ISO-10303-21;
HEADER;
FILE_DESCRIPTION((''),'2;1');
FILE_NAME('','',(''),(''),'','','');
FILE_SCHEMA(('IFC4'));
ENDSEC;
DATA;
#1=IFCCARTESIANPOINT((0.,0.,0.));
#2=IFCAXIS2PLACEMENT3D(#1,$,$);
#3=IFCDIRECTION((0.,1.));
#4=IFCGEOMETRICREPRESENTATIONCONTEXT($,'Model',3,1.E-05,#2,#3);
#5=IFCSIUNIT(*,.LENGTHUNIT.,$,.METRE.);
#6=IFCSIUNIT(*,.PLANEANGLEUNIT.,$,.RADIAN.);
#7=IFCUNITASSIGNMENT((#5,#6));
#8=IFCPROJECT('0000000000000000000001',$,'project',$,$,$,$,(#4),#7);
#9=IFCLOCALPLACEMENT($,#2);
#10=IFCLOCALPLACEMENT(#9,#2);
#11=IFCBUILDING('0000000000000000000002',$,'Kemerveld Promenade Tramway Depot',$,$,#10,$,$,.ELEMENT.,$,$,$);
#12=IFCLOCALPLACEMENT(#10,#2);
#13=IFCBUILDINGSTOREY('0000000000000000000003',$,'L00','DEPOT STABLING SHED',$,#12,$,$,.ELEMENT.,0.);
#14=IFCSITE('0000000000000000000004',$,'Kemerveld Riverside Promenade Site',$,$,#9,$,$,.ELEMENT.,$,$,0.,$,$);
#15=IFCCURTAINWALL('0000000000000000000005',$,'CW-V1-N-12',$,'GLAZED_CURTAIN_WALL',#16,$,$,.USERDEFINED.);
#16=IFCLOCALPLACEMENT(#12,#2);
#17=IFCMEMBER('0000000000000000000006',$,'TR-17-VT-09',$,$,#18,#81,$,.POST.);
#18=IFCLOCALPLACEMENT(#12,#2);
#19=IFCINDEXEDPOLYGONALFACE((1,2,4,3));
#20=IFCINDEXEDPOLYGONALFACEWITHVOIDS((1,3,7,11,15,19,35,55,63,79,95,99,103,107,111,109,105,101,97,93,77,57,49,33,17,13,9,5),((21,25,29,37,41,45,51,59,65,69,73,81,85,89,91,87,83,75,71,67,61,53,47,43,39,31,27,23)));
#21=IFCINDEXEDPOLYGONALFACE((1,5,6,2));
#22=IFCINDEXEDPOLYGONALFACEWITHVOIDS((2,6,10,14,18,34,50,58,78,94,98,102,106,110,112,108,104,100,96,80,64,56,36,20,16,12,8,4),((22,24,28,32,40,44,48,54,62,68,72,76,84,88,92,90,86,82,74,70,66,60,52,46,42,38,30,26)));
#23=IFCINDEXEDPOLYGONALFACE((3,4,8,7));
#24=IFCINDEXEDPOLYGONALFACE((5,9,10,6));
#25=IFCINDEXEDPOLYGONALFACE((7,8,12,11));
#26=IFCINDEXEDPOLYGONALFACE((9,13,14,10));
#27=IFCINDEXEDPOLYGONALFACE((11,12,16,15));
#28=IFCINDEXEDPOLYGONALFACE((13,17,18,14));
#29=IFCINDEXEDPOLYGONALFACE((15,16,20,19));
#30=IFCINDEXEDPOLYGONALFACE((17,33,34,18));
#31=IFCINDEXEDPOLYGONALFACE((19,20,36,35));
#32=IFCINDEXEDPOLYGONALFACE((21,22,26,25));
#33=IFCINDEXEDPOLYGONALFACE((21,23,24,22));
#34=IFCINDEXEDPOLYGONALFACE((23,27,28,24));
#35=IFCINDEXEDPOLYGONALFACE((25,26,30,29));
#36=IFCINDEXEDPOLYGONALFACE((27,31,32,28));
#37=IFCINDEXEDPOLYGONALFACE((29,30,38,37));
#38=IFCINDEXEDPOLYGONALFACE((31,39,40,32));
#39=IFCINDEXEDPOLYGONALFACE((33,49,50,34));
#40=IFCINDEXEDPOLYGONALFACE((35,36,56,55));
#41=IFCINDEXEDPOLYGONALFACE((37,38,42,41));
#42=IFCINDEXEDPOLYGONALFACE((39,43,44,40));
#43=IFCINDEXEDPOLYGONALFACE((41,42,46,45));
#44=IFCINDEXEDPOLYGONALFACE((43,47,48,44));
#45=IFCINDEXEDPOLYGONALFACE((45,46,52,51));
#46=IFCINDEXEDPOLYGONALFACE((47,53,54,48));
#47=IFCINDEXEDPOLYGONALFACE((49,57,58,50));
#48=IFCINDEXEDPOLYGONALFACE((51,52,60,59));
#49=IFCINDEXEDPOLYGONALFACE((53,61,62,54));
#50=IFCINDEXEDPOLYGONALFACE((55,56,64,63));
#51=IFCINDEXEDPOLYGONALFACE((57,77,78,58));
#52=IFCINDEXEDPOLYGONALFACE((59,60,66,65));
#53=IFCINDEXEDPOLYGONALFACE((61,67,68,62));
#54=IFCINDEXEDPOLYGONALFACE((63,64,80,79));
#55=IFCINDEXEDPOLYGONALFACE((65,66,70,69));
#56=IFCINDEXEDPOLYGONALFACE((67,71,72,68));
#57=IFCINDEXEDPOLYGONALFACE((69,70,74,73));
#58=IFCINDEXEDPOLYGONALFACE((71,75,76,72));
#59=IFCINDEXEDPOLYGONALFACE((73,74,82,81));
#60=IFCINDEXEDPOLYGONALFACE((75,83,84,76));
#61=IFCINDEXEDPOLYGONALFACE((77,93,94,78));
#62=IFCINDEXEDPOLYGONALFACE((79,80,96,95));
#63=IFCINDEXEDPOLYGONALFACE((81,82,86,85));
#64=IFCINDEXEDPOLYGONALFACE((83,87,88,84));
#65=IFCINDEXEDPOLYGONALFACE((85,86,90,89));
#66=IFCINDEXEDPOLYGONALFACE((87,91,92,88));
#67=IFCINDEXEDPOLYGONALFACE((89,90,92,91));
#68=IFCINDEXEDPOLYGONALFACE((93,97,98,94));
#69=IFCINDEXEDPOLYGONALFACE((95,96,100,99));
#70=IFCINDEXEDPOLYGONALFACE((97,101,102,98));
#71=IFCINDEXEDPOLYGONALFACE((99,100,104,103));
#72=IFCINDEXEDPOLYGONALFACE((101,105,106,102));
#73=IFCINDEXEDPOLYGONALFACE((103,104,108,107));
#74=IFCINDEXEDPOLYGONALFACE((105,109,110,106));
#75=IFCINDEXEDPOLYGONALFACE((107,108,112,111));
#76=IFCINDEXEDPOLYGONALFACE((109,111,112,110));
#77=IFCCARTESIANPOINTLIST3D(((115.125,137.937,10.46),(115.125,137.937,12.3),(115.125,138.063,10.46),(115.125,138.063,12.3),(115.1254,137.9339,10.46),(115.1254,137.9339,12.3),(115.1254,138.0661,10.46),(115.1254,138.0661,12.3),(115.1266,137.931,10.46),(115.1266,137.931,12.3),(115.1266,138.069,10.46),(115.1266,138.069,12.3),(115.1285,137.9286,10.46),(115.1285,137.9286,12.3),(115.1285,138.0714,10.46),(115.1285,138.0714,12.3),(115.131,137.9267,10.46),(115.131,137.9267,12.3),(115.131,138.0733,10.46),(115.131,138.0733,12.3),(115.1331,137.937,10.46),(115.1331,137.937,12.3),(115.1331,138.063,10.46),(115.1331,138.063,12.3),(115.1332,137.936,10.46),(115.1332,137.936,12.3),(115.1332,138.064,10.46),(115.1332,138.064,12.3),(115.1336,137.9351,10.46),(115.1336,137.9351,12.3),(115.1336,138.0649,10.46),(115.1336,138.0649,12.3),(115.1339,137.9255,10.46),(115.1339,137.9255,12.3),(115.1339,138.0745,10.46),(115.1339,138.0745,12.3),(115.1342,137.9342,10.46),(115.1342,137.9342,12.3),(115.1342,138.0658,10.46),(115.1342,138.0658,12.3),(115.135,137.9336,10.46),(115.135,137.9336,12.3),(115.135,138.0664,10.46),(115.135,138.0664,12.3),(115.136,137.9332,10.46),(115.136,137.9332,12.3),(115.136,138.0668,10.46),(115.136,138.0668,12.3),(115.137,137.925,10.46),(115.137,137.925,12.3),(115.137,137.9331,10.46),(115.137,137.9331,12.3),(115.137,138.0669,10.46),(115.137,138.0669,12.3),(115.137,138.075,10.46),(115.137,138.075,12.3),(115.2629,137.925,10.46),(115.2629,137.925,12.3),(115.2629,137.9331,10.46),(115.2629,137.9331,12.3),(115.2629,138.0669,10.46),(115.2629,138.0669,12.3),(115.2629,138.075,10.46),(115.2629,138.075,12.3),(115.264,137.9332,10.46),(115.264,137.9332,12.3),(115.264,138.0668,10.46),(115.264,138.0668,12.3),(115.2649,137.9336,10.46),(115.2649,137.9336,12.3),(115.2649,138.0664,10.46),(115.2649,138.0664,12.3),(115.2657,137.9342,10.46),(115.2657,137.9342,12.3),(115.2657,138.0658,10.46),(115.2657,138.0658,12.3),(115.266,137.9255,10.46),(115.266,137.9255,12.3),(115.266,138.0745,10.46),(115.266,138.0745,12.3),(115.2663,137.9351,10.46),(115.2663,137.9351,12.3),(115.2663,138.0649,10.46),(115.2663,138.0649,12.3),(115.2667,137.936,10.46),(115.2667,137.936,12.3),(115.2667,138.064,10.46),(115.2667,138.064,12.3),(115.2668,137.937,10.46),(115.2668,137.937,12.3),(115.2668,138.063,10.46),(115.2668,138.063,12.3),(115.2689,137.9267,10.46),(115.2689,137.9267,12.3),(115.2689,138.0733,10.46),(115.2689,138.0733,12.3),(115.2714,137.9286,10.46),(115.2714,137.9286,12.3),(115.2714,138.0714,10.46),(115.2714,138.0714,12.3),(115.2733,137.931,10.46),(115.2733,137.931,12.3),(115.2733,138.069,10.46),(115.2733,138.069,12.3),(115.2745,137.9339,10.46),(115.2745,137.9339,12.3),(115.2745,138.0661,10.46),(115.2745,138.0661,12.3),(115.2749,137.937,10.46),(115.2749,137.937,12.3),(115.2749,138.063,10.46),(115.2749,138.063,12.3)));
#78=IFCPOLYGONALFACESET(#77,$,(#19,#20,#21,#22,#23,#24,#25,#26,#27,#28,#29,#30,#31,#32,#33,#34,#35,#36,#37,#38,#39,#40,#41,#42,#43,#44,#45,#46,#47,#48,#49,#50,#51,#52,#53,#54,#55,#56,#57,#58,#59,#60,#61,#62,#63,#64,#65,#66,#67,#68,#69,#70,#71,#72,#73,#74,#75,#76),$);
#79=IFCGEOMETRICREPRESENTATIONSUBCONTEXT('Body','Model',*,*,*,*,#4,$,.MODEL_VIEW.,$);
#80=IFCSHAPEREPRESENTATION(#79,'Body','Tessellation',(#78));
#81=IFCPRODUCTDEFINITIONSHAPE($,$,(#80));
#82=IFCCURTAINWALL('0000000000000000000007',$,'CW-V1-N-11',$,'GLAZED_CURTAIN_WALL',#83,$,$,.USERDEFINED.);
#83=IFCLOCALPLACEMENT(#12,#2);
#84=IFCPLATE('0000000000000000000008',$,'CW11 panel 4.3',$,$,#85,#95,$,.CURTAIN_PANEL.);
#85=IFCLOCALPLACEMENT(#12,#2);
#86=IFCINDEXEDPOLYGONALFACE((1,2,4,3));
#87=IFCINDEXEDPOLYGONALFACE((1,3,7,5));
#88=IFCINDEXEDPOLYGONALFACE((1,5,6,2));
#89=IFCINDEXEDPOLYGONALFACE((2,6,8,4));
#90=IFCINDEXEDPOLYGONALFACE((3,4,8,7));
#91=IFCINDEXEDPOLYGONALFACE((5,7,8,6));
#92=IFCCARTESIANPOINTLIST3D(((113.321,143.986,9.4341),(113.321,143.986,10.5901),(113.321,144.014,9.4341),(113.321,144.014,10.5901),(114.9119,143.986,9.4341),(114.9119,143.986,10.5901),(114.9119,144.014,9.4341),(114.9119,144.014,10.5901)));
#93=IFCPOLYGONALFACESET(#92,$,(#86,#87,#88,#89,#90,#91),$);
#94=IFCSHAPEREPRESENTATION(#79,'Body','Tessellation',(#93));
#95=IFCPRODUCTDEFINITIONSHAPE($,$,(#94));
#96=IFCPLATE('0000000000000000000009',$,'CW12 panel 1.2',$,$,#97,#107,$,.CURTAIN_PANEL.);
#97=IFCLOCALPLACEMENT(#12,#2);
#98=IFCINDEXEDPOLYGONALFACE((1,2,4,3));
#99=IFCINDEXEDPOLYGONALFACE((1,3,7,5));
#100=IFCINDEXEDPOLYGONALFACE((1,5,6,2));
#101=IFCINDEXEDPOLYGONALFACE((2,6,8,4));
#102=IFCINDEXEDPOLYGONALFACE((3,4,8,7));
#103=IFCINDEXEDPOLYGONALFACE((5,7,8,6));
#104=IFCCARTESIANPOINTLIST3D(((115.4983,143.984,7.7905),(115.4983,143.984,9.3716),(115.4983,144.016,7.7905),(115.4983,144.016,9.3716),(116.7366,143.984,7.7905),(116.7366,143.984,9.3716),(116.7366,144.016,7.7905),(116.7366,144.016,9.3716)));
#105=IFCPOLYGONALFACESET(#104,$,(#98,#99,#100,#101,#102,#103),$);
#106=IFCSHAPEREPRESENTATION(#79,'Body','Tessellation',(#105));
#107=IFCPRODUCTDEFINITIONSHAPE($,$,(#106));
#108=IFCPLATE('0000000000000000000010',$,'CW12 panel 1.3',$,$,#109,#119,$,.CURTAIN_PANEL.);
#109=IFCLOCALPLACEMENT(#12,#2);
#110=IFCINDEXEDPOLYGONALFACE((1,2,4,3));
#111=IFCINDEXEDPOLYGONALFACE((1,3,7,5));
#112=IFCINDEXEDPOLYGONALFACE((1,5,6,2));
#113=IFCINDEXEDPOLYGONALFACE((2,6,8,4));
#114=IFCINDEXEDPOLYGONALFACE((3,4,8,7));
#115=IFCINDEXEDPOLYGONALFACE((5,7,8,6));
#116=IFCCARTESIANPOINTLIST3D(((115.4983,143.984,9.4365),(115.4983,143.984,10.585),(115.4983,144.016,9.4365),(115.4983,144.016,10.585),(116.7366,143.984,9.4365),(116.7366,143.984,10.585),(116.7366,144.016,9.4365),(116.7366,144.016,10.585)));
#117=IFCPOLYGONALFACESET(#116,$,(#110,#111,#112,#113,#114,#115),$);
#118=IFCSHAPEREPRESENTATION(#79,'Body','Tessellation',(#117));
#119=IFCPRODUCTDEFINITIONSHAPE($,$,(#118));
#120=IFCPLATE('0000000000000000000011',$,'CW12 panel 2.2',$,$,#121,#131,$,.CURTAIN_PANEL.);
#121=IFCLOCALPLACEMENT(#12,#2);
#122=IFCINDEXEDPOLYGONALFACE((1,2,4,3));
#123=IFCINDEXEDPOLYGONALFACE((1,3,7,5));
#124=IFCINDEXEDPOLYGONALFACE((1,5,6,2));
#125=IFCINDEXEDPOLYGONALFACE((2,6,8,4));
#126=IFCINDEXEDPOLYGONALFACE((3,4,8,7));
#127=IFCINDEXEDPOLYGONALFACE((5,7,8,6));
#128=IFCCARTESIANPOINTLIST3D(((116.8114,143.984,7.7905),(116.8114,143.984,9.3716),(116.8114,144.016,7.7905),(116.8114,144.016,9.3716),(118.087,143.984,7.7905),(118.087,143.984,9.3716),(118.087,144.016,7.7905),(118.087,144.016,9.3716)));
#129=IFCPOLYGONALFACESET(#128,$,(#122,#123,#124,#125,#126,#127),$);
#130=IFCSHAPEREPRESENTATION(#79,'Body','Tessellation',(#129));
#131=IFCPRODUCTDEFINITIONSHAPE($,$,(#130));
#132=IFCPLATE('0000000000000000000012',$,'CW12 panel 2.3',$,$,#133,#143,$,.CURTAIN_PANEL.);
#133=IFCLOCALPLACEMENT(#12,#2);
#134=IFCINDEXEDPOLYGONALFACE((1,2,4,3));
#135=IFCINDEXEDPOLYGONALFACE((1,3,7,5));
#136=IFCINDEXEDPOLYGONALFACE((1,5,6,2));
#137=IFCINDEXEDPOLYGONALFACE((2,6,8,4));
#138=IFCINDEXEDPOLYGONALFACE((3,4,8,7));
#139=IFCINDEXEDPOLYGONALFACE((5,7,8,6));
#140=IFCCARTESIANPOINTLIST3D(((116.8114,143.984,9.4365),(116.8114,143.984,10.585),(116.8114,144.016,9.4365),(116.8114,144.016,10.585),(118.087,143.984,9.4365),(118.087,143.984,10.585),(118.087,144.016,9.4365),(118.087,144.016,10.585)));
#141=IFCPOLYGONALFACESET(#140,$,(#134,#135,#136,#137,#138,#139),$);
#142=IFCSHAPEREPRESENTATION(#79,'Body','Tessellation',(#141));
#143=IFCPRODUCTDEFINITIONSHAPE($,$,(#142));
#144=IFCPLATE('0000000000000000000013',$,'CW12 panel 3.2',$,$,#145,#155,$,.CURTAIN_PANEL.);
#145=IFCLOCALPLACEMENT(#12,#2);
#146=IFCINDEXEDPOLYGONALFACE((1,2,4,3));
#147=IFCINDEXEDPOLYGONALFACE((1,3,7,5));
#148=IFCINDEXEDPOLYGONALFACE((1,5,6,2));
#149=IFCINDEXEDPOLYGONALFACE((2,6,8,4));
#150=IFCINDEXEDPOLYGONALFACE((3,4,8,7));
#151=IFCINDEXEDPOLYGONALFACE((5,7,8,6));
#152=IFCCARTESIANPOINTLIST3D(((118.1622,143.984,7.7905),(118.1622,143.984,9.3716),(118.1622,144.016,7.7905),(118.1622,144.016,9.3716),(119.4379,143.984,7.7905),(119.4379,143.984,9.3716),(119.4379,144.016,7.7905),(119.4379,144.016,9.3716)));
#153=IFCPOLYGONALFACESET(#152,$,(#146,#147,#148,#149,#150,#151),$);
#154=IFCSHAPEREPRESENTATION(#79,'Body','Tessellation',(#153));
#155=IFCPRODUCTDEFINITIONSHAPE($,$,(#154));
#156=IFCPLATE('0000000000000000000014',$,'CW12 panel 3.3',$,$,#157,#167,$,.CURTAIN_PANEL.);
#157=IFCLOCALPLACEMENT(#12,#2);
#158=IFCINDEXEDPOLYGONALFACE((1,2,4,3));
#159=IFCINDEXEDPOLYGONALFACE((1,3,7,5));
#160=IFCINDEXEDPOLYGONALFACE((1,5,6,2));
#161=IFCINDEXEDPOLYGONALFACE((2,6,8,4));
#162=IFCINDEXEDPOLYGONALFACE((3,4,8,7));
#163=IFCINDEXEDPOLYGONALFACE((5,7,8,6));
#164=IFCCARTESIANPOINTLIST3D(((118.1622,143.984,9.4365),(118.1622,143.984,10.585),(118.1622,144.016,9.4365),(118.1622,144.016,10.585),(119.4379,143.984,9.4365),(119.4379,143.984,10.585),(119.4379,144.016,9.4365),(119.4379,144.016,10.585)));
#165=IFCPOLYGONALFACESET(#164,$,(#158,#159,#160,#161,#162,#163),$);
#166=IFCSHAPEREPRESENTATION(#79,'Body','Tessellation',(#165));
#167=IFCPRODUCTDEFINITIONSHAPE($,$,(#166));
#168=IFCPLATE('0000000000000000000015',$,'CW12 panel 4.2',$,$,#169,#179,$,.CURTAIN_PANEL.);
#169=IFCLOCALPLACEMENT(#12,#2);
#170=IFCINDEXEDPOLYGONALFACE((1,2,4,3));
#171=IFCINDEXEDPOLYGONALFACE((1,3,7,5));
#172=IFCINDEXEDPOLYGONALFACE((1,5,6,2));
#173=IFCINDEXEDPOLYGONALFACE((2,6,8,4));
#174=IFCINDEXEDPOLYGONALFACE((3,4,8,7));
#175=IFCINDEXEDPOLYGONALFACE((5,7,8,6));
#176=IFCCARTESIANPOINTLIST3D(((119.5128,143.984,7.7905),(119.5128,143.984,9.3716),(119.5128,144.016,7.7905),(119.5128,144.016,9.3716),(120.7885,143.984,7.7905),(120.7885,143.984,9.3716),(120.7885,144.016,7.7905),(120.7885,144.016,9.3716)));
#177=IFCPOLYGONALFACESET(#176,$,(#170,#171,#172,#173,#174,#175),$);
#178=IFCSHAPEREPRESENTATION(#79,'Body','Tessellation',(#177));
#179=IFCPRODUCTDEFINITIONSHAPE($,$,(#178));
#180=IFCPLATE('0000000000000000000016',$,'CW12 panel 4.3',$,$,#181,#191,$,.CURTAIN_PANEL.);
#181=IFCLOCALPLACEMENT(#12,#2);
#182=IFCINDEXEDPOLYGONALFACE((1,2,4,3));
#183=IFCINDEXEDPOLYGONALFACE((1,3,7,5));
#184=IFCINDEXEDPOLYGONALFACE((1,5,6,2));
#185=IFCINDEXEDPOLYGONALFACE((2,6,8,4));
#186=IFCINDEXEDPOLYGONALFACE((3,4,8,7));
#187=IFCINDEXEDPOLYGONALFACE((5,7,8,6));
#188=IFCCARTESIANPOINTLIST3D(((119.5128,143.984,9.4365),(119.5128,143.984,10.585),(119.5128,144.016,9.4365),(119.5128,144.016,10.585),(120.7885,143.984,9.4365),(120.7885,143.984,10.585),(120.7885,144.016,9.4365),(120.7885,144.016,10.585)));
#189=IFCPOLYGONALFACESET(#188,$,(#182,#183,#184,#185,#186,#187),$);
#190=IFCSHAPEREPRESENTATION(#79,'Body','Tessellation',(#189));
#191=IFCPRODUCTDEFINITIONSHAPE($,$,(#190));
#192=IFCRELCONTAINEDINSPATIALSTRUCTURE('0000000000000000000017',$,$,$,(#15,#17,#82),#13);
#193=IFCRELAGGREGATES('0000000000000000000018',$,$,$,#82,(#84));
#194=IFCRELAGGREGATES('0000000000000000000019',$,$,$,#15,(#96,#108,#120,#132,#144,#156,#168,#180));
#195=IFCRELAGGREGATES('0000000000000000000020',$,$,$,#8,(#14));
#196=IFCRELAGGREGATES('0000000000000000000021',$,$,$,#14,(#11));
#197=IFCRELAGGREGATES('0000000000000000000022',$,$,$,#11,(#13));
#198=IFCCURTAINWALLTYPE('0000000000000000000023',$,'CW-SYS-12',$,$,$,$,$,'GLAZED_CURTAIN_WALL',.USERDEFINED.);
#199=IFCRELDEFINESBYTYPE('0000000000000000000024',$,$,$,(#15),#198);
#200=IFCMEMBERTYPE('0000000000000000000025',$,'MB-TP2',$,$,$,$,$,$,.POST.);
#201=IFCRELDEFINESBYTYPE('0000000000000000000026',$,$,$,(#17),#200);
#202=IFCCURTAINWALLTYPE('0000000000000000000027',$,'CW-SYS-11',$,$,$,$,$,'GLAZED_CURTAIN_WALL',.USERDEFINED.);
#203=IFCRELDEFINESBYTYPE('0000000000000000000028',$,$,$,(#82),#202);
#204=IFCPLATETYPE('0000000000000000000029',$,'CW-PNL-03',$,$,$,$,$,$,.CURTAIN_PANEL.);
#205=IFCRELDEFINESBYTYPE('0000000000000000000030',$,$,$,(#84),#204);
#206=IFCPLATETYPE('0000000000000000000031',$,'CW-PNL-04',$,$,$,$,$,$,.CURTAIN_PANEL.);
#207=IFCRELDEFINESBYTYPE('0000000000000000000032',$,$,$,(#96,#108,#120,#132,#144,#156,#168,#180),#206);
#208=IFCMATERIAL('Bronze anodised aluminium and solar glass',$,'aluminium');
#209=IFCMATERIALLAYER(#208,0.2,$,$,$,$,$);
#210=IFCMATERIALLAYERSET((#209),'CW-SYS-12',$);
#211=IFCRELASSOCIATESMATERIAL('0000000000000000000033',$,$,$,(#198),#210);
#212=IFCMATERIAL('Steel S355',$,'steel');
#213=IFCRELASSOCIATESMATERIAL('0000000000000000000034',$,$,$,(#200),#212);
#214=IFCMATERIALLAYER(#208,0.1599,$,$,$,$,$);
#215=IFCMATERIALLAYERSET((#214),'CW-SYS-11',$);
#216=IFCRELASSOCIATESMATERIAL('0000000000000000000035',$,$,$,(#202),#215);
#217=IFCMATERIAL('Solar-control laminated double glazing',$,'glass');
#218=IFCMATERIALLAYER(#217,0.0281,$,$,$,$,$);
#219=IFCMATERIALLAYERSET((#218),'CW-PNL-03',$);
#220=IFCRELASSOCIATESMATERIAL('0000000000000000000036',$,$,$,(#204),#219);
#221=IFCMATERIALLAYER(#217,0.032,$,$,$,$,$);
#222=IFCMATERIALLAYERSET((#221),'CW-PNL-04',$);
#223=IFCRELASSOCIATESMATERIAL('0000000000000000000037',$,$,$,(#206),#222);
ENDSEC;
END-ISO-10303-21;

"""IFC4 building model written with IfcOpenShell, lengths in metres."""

from ifc_helpers import new_model, si_unit, direction, frame, origin, origin_2d, place, context, subcontext, project, spatial, rectangle, hollow_rectangle, extrude, material, layer, layer_set, material_profile, profile_set, type_object, element, aggregate, save


model = new_model("IFC4")

# Units and contexts
model_context = context("Model", 3, precision=1e-05, world=origin(), true_north=direction((0.0, 1.0)))
body_context = subcontext(model_context, "Body", "Model", "MODEL_VIEW")
ifc_project = project(units=[si_unit("LENGTHUNIT", "METRE"), si_unit("PLANEANGLEUNIT", "RADIAN")], contexts=[model_context])

# Site, building, storey
site_placement = place(None, origin())
site = spatial("IfcSite", under=ifc_project, at=site_placement, Name="Kemerveld Riverside Promenade Site", CompositionType="ELEMENT", RefElevation=0.0)
building_placement = place(site_placement, origin())
building = spatial("IfcBuilding", under=site, at=building_placement, Name="Kemerveld Promenade Tramway Depot", CompositionType="ELEMENT")
storey_placement = place(building_placement, origin())
storey = spatial("IfcBuildingStorey", under=building, at=storey_placement, Name="L00", Description="DEPOT STABLING SHED", CompositionType="ELEMENT", Elevation=0.0)

# Shared definitions
ifc_material_1 = material(Name="Steel S355", Category="steel")

# Curtain wall
ifc_material_2 = material(Name="Bronze anodised aluminium and solar glass", Category="aluminium")
ifc_layer_1 = layer(ifc_material_2, 0.2)
ifc_layer_set_1 = layer_set([ifc_layer_1], Name="CW-SYS-12")
curtain_wall_type_1 = type_object("IfcCurtainWallType", Name="CW-SYS-12", ElementType="GLAZED_CURTAIN_WALL", PredefinedType="USERDEFINED", material=ifc_layer_set_1)
curtain_wall_1_placement = place(storey_placement, origin())
curtain_wall_1 = element("IfcCurtainWall", 1, at=curtain_wall_1_placement, inside=storey, type_object=curtain_wall_type_1, Name="CW-V1-N-12", ObjectType="GLAZED_CURTAIN_WALL", PredefinedType="USERDEFINED")

# Member
ifc_material_profile_1 = material_profile(ifc_material_1, hollow_rectangle(XDim=0.1499, YDim=0.1499, WallThickness=0.0081, InnerFilletRadius=0.0039, OuterFilletRadius=0.012, at=origin_2d()), Name="150x150x8.0 SHS")
ifc_profile_set_1 = profile_set([ifc_material_profile_1], Name="Steel S355")
member_type_1 = type_object("IfcMemberType", Name="MB-TP2", PredefinedType="POST", material=ifc_profile_set_1)
member_1_placement = place(storey_placement, frame((115.2, 138.0, 10.46), z_axis=(0.0, 0.0, 1.0), x_axis=(1.0, 0.0, 0.0)))
element("IfcMember", 2, at=member_1_placement, inside=storey, type_object=member_type_1, Name="TR-17-VT-09", PredefinedType="POST", context=body_context, shape_type="SweptSolid", body=[
    extrude(hollow_rectangle(XDim=0.1499, YDim=0.1499, WallThickness=0.0081, InnerFilletRadius=0.0039, OuterFilletRadius=0.012, at=origin_2d()), origin(), (0.0, 0.0, 1.0), 1.8401),
])

# Curtain wall, plate
ifc_layer_2 = layer(ifc_material_2, 0.1599)
ifc_layer_set_2 = layer_set([ifc_layer_2], Name="CW-SYS-11")
curtain_wall_type_2 = type_object("IfcCurtainWallType", Name="CW-SYS-11", ElementType="GLAZED_CURTAIN_WALL", PredefinedType="USERDEFINED", material=ifc_layer_set_2)
curtain_wall_2_placement = place(storey_placement, origin())
curtain_wall_2 = element("IfcCurtainWall", 3, at=curtain_wall_2_placement, inside=storey, type_object=curtain_wall_type_2, Name="CW-V1-N-11", ObjectType="GLAZED_CURTAIN_WALL", PredefinedType="USERDEFINED")
ifc_material_3 = material(Name="Solar-control laminated double glazing", Category="glass")
ifc_layer_3 = layer(ifc_material_3, 0.0281)
ifc_layer_set_3 = layer_set([ifc_layer_3], Name="CW-PNL-03")
plate_type_1 = type_object("IfcPlateType", Name="CW-PNL-03", PredefinedType="CURTAIN_PANEL", material=ifc_layer_set_3)
plate_1_placement = place(storey_placement, frame((114.1165, 144.0, 9.4341), z_axis=(0.0, 0.0, 1.0), x_axis=(1.0, 0.0, 0.0)))
plate_1 = element("IfcPlate", 4, at=plate_1_placement, type_object=plate_type_1, Name="CW11 panel 4.3", PredefinedType="CURTAIN_PANEL", context=body_context, shape_type="SweptSolid", body=[
    extrude(rectangle(XDim=1.5908, YDim=0.0281, at=origin_2d()), origin(), (0.0, 0.0, 1.0), 1.156),
])
aggregate(curtain_wall_2, [plate_1])

# Plates
ifc_layer_4 = layer(ifc_material_3, 0.032)
ifc_layer_set_4 = layer_set([ifc_layer_4], Name="CW-PNL-04")
plate_type_2 = type_object("IfcPlateType", Name="CW-PNL-04", PredefinedType="CURTAIN_PANEL", material=ifc_layer_set_4)
plate_2_placement = place(storey_placement, frame((116.1174, 144.0, 7.7905), z_axis=(0.0, 0.0, 1.0), x_axis=(1.0, 0.0, 0.0)))
plate_2 = element("IfcPlate", 5, at=plate_2_placement, type_object=plate_type_2, Name="CW12 panel 1.2", PredefinedType="CURTAIN_PANEL", context=body_context, shape_type="SweptSolid", body=[
    extrude(rectangle(XDim=1.2383, YDim=0.032, at=origin_2d()), origin(), (0.0, 0.0, 1.0), 1.5811),
])
plate_3_placement = place(storey_placement, frame((116.1174, 144.0, 9.4365), z_axis=(0.0, 0.0, 1.0), x_axis=(1.0, 0.0, 0.0)))
plate_3 = element("IfcPlate", 6, at=plate_3_placement, type_object=plate_type_2, Name="CW12 panel 1.3", PredefinedType="CURTAIN_PANEL", context=body_context, shape_type="SweptSolid", body=[
    extrude(rectangle(XDim=1.2383, YDim=0.032, at=origin_2d()), origin(), (0.0, 0.0, 1.0), 1.1484),
])
plate_4_placement = place(storey_placement, frame((117.4492, 144.0, 7.7905), z_axis=(0.0, 0.0, 1.0), x_axis=(1.0, 0.0, 0.0)))
plate_4 = element("IfcPlate", 7, at=plate_4_placement, type_object=plate_type_2, Name="CW12 panel 2.2", PredefinedType="CURTAIN_PANEL", context=body_context, shape_type="SweptSolid", body=[
    extrude(rectangle(XDim=1.2756, YDim=0.032, at=origin_2d()), origin(), (0.0, 0.0, 1.0), 1.5811),
])
plate_5_placement = place(storey_placement, frame((117.4492, 144.0, 9.4365), z_axis=(0.0, 0.0, 1.0), x_axis=(1.0, 0.0, 0.0)))
plate_5 = element("IfcPlate", 8, at=plate_5_placement, type_object=plate_type_2, Name="CW12 panel 2.3", PredefinedType="CURTAIN_PANEL", context=body_context, shape_type="SweptSolid", body=[
    extrude(rectangle(XDim=1.2756, YDim=0.032, at=origin_2d()), origin(), (0.0, 0.0, 1.0), 1.1484),
])
plate_6_placement = place(storey_placement, frame((118.8, 144.0, 7.7905), z_axis=(0.0, 0.0, 1.0), x_axis=(1.0, 0.0, 0.0)))
plate_6 = element("IfcPlate", 9, at=plate_6_placement, type_object=plate_type_2, Name="CW12 panel 3.2", PredefinedType="CURTAIN_PANEL", context=body_context, shape_type="SweptSolid", body=[
    extrude(rectangle(XDim=1.2756, YDim=0.032, at=origin_2d()), origin(), (0.0, 0.0, 1.0), 1.5811),
])
plate_7_placement = place(storey_placement, frame((118.8, 144.0, 9.4365), z_axis=(0.0, 0.0, 1.0), x_axis=(1.0, 0.0, 0.0)))
plate_7 = element("IfcPlate", 10, at=plate_7_placement, type_object=plate_type_2, Name="CW12 panel 3.3", PredefinedType="CURTAIN_PANEL", context=body_context, shape_type="SweptSolid", body=[
    extrude(rectangle(XDim=1.2756, YDim=0.032, at=origin_2d()), origin(), (0.0, 0.0, 1.0), 1.1484),
])
plate_8_placement = place(storey_placement, frame((120.1506, 144.0, 7.7905), z_axis=(0.0, 0.0, 1.0), x_axis=(1.0, 0.0, 0.0)))
plate_8 = element("IfcPlate", 11, at=plate_8_placement, type_object=plate_type_2, Name="CW12 panel 4.2", PredefinedType="CURTAIN_PANEL", context=body_context, shape_type="SweptSolid", body=[
    extrude(rectangle(XDim=1.2756, YDim=0.032, at=origin_2d()), origin(), (0.0, 0.0, 1.0), 1.5811),
])
plate_9_placement = place(storey_placement, frame((120.1506, 144.0, 9.4365), z_axis=(0.0, 0.0, 1.0), x_axis=(1.0, 0.0, 0.0)))
plate_9 = element("IfcPlate", 12, at=plate_9_placement, type_object=plate_type_2, Name="CW12 panel 4.3", PredefinedType="CURTAIN_PANEL", context=body_context, shape_type="SweptSolid", body=[
    extrude(rectangle(XDim=1.2756, YDim=0.032, at=origin_2d()), origin(), (0.0, 0.0, 1.0), 1.1484),
])
aggregate(curtain_wall_1, [plate_2, plate_3, plate_4, plate_5, plate_6, plate_7, plate_8, plate_9])

save(model, "model.ifc")
